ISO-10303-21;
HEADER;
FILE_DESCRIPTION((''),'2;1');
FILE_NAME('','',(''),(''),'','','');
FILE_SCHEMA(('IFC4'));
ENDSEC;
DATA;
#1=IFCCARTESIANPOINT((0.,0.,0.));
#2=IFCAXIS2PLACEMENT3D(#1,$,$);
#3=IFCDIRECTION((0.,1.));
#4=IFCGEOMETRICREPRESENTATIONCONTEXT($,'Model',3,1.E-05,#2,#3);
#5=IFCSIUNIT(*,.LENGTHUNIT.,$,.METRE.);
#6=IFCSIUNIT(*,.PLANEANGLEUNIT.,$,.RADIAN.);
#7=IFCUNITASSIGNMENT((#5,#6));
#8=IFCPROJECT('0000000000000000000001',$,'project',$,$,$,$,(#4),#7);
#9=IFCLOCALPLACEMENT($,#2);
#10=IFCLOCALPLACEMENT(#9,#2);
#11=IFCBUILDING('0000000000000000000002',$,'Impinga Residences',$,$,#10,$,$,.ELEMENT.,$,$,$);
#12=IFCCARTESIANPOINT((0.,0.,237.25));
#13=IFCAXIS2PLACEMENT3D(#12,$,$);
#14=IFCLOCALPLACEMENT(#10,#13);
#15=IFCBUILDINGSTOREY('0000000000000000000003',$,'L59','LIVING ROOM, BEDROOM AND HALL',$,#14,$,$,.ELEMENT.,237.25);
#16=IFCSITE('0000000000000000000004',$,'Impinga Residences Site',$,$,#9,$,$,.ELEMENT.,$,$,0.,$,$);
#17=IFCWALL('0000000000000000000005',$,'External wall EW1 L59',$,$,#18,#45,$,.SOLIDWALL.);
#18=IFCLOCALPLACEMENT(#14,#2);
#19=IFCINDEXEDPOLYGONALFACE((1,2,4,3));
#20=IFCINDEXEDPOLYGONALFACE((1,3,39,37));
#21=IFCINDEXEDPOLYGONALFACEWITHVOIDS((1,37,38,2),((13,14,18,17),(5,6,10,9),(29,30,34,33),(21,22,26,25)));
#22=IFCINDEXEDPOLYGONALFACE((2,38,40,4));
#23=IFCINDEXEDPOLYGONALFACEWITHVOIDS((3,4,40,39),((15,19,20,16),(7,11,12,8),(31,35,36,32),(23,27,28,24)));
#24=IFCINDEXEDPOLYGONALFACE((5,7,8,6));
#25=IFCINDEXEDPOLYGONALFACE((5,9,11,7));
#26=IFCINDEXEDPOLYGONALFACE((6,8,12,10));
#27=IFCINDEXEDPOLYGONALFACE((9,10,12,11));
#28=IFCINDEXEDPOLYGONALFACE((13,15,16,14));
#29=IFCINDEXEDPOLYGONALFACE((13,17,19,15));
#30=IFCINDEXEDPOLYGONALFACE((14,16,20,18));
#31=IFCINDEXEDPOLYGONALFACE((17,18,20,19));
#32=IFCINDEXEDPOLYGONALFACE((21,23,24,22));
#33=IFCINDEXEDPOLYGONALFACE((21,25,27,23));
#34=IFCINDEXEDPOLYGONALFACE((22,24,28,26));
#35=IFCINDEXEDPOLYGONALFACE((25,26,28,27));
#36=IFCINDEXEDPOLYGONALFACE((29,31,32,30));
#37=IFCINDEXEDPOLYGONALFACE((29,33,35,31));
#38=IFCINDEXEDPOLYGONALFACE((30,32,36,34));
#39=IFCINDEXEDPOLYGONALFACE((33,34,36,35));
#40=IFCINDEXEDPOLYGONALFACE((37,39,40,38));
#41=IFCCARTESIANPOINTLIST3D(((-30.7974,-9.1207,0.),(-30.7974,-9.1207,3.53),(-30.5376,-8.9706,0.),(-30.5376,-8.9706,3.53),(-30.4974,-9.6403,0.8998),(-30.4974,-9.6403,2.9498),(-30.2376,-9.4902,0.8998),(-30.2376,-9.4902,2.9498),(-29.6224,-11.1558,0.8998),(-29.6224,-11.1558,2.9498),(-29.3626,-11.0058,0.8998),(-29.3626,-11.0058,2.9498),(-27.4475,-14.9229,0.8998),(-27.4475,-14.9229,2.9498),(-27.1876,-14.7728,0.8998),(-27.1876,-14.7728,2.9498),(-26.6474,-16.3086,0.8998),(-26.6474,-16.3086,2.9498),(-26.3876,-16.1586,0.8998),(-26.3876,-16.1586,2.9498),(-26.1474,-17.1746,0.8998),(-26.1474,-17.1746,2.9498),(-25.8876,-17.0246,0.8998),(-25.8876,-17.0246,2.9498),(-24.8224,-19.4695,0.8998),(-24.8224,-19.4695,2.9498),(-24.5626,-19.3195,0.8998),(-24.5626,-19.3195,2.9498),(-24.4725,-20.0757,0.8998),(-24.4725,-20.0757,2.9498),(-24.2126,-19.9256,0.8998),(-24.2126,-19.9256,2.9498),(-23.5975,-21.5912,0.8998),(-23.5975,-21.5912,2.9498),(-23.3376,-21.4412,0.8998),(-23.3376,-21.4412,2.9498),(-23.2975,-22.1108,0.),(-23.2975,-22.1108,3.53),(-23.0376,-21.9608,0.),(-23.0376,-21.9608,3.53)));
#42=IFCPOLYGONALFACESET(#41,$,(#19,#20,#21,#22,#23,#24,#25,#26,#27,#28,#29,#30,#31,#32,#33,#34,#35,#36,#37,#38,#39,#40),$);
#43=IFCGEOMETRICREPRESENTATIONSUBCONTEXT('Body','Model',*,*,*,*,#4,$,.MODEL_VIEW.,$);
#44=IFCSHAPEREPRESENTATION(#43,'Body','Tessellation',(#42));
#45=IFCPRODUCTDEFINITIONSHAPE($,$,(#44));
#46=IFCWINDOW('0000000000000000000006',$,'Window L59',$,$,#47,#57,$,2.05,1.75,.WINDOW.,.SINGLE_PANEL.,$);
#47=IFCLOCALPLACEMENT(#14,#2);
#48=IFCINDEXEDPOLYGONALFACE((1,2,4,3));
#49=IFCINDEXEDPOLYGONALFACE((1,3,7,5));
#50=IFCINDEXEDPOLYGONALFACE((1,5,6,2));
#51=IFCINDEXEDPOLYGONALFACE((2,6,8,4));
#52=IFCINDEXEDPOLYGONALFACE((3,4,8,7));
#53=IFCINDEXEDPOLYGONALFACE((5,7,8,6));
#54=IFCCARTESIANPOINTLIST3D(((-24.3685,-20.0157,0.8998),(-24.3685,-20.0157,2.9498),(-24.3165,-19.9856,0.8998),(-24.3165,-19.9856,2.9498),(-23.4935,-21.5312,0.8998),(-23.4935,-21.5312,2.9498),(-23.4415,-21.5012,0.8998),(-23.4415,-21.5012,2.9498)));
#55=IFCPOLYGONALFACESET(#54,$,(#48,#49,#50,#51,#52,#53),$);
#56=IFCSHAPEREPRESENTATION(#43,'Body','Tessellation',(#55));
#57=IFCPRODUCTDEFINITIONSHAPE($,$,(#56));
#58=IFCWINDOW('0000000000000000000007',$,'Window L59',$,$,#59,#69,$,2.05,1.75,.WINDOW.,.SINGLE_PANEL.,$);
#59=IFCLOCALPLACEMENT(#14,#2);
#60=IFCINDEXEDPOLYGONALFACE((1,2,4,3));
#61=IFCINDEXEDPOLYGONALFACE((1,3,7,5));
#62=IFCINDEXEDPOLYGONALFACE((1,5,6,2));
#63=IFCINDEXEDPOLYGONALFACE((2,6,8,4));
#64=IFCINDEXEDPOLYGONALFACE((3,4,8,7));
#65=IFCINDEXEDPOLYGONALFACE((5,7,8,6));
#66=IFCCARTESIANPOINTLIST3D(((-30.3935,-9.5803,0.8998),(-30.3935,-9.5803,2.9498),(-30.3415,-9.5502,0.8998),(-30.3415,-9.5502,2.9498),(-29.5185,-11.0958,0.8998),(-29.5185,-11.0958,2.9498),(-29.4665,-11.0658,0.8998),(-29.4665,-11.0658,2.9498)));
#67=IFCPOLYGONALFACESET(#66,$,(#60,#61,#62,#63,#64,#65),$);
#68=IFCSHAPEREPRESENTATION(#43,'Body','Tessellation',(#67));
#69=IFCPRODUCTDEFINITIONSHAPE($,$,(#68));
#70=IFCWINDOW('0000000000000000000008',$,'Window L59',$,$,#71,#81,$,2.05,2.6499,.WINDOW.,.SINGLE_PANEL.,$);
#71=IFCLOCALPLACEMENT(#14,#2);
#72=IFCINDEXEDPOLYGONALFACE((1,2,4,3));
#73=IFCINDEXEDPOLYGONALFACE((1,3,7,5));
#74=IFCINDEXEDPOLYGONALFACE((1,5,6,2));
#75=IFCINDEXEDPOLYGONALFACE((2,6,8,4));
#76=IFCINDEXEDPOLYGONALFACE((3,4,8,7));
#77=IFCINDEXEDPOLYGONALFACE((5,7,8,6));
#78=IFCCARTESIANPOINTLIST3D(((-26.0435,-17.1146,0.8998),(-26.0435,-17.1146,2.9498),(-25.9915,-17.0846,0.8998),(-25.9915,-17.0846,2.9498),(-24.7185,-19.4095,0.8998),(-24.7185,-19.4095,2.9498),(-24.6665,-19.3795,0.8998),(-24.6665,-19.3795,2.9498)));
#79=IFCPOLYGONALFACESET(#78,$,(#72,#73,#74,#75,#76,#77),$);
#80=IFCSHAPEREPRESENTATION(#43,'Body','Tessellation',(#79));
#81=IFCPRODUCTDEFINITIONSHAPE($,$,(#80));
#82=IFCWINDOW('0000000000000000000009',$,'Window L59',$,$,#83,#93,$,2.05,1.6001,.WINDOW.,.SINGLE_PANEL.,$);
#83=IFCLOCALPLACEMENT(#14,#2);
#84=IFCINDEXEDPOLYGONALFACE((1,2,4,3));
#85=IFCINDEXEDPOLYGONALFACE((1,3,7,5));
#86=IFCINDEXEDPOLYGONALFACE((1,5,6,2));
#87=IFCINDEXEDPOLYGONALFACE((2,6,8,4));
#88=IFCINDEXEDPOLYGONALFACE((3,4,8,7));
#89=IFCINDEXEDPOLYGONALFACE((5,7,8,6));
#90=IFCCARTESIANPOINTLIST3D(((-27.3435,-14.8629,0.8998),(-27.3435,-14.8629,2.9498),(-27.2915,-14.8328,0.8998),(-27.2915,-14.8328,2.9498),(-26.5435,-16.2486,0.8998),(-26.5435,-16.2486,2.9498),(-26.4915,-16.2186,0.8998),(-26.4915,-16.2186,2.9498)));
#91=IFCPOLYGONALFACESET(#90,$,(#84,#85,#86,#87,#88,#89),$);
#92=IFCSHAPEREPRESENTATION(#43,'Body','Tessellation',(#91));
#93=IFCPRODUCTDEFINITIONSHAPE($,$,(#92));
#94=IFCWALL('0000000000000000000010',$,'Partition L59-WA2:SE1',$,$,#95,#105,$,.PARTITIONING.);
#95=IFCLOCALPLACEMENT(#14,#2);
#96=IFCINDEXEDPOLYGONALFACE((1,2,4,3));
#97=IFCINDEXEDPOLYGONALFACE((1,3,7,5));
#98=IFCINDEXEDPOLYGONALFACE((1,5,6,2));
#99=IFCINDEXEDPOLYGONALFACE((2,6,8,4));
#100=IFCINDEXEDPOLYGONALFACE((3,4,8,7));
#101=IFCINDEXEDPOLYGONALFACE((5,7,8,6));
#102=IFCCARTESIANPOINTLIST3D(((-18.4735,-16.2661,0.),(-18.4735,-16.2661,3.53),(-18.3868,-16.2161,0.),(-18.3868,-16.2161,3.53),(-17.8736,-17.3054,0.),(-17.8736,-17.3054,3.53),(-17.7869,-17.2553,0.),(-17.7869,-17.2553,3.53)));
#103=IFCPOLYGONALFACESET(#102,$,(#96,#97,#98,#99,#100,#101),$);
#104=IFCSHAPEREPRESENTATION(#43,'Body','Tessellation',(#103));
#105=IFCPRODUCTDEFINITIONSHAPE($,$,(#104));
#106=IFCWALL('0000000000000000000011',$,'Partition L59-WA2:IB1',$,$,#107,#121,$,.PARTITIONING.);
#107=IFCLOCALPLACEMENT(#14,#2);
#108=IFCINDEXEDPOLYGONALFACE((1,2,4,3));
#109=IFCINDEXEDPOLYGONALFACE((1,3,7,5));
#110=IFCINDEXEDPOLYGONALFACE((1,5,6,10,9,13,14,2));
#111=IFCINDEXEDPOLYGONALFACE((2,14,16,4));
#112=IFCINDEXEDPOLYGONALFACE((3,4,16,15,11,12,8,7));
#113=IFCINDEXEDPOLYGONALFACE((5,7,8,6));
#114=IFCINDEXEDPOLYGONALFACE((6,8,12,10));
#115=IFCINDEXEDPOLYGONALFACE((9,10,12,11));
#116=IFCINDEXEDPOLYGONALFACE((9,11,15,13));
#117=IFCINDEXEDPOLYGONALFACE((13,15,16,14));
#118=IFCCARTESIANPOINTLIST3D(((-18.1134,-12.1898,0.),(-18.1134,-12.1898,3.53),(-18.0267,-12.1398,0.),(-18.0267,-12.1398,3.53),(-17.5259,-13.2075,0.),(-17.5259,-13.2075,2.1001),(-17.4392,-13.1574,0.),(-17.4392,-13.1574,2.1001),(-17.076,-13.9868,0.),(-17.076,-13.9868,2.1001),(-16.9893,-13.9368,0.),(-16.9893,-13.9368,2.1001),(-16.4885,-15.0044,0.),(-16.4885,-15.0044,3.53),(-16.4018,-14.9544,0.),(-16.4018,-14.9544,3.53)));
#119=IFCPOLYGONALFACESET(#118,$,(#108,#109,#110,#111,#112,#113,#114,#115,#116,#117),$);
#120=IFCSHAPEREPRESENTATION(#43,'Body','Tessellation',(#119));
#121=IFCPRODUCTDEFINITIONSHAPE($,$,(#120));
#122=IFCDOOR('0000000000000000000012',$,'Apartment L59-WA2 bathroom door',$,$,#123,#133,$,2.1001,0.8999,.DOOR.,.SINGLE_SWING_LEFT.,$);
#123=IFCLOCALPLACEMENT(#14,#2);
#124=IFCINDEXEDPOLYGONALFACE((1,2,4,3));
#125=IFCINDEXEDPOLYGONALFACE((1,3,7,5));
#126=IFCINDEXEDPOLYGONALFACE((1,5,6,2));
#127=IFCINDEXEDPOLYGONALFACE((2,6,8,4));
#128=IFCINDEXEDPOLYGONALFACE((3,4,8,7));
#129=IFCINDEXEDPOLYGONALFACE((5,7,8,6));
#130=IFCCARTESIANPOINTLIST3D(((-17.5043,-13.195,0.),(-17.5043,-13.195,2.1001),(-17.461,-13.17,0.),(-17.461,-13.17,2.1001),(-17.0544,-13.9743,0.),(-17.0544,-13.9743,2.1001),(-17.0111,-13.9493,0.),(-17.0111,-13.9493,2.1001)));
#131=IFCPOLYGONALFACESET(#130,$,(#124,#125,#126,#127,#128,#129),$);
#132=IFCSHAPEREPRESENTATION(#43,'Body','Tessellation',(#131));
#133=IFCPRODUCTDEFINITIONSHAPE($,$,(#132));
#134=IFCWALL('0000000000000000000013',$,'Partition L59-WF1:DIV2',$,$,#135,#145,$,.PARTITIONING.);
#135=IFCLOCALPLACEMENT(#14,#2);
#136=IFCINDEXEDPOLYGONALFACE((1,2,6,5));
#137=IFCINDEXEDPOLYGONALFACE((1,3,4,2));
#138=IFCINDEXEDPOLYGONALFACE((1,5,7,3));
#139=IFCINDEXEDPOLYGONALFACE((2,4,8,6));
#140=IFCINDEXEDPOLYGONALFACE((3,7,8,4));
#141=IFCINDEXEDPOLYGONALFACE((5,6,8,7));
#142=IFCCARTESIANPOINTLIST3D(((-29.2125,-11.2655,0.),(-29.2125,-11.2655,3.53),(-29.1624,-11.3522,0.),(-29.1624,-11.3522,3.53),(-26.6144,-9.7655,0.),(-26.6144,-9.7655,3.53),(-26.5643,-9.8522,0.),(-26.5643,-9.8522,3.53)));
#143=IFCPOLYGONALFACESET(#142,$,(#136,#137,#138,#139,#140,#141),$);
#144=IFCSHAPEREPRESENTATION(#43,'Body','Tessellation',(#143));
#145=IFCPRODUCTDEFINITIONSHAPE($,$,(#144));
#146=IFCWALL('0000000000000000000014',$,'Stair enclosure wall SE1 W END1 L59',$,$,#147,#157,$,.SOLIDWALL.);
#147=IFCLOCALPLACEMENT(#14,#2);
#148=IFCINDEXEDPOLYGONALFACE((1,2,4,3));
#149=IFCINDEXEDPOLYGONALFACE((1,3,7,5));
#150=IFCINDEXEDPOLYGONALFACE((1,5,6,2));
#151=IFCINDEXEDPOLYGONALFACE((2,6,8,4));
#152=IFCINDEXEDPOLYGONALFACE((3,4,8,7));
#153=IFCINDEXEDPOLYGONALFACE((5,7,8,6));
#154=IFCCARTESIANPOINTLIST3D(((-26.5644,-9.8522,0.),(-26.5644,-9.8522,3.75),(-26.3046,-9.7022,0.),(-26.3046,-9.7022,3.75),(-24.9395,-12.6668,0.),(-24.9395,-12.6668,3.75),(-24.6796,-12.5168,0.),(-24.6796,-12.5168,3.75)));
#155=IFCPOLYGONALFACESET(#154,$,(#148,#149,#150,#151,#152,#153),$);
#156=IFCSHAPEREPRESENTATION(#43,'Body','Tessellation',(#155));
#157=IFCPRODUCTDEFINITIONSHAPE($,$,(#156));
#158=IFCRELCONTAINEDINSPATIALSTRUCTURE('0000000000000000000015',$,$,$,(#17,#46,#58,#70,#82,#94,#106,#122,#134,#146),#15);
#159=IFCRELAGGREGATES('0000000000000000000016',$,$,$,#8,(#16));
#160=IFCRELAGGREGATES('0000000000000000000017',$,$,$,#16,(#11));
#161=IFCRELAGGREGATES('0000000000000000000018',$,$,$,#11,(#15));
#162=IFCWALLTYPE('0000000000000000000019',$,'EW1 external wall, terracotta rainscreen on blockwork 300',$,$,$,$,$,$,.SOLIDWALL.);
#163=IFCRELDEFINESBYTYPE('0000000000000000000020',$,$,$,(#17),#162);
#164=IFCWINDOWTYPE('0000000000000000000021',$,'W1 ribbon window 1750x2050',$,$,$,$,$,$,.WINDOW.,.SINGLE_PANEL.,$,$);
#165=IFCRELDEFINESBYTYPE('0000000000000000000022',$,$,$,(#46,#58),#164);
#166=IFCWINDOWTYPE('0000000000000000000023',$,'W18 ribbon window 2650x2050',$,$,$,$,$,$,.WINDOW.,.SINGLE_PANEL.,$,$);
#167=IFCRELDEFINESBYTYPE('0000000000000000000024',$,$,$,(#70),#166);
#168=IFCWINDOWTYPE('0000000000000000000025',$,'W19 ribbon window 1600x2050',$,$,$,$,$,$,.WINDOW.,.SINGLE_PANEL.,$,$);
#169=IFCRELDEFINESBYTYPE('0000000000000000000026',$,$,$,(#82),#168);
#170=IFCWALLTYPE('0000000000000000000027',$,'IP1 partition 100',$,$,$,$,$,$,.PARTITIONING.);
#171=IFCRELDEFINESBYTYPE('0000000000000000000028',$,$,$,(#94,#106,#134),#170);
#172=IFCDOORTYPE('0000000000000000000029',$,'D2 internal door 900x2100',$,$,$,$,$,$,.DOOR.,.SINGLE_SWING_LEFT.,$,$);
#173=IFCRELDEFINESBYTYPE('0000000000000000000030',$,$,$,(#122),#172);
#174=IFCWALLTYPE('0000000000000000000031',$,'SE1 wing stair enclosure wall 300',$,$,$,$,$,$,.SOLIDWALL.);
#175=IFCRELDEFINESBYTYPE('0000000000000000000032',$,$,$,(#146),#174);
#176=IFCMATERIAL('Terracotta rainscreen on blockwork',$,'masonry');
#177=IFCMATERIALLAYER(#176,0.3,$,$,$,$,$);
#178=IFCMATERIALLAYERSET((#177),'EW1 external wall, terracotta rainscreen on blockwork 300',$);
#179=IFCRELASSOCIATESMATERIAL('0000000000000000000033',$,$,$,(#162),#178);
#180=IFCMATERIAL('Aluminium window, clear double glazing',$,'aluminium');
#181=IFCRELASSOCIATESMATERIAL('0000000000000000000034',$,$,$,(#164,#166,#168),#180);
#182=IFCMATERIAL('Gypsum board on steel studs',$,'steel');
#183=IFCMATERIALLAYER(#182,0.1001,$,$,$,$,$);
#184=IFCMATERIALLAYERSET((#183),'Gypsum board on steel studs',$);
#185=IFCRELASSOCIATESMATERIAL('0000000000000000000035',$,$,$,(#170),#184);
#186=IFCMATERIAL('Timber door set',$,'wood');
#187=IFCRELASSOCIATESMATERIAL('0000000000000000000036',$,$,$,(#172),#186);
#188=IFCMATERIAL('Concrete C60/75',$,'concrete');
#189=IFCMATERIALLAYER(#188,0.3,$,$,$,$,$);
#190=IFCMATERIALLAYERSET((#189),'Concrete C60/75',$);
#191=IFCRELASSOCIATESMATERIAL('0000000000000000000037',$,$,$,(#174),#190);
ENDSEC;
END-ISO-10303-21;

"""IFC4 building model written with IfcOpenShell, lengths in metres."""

from ifc_helpers import new_model, si_unit, direction, frame, frame_2d, origin, place, context, subcontext, project, spatial, rectangle, extrude, material, layer, layer_set, type_object, element, fill, save


model = new_model("IFC4")

# Units and contexts
model_context = context("Model", 3, precision=1e-05, world=origin(), true_north=direction((0.0, 1.0)))
body_context = subcontext(model_context, "Body", "Model", "MODEL_VIEW")
ifc_project = project(units=[si_unit("LENGTHUNIT", "METRE"), si_unit("PLANEANGLEUNIT", "RADIAN")], contexts=[model_context])

# Site, building, storey
site_placement = place(None, origin())
site = spatial("IfcSite", under=ifc_project, at=site_placement, Name="Impinga Residences Site", CompositionType="ELEMENT", RefElevation=0.0)
building_placement = place(site_placement, origin())
building = spatial("IfcBuilding", under=site, at=building_placement, Name="Impinga Residences", CompositionType="ELEMENT")
storey_placement = place(building_placement, frame((0.0, 0.0, 237.25)))
storey = spatial("IfcBuildingStorey", under=building, at=storey_placement, Name="L59", Description="LIVING ROOM, BEDROOM AND HALL", CompositionType="ELEMENT", Elevation=237.25)

# Shared definitions
ifc_material_1 = material(Name="Concrete C60/75", Category="concrete")

# Shared definitions
ifc_material_2 = material(Name="Timber door set", Category="wood")

# Shared definitions
ifc_material_3 = material(Name="Terracotta rainscreen on blockwork", Category="masonry")
ifc_layer_1 = layer(ifc_material_3, 0.3)
ifc_layer_set_1 = layer_set([ifc_layer_1], Name="EW1 external wall, terracotta rainscreen on blockwork 300")
wall_type_1 = type_object("IfcWallType", Name="EW1 external wall, terracotta rainscreen on blockwork 300", PredefinedType="SOLIDWALL", material=ifc_layer_set_1)

# Wall, openings, windows
wall_1_placement = place(storey_placement, frame((-23.1675, -22.0359, 0.0), z_axis=(0.0, 0.0, 1.0), x_axis=(-0.500004, 0.866023, 0.0)))
wall_1 = element("IfcWall", 1, at=wall_1_placement, inside=storey, type_object=wall_type_1, Name="External wall EW1 L59", PredefinedType="SOLIDWALL", context=body_context, shape_type="SweptSolid", body=[
    extrude(rectangle(XDim=14.9998, YDim=0.3, at=frame_2d((7.5, 0.0))), origin(), (0.0, 0.0, 1.0), 3.53),
])
opening_1_placement = place(wall_1_placement, frame((0.6001, 0.0, 0.8999)))
opening_1 = element("IfcOpeningElement", 2, at=opening_1_placement, cuts=wall_1, PredefinedType="OPENING", context=body_context, shape_type="SweptSolid", body=[
    extrude(rectangle(XDim=1.75, YDim=2.05, at=frame_2d((0.875, 1.0249))), frame((0.0, 0.1599, 0.0), z_axis=(0.0, -1.0, 0.0), x_axis=(1.0, 0.0, 0.0)), (0.0, 0.0, 1.0), 0.3201),
])
opening_2_placement = place(wall_1_placement, frame((3.05, 0.0, 0.8999)))
opening_2 = element("IfcOpeningElement", 3, at=opening_2_placement, cuts=wall_1, PredefinedType="OPENING", context=body_context, shape_type="SweptSolid", body=[
    extrude(rectangle(XDim=2.6499, YDim=2.05, at=frame_2d((1.325, 1.0249))), frame((0.0, 0.1599, 0.0), z_axis=(0.0, -1.0, 0.0), x_axis=(1.0, 0.0, 0.0)), (0.0, 0.0, 1.0), 0.3201),
])
opening_3_placement = place(wall_1_placement, frame((6.7, 0.0, 0.8999)))
opening_3 = element("IfcOpeningElement", 4, at=opening_3_placement, cuts=wall_1, PredefinedType="OPENING", context=body_context, shape_type="SweptSolid", body=[
    extrude(rectangle(XDim=1.6001, YDim=2.05, at=frame_2d((0.8, 1.0249))), frame((0.0, 0.1599, 0.0), z_axis=(0.0, -1.0, 0.0), x_axis=(1.0, 0.0, 0.0)), (0.0, 0.0, 1.0), 0.3201),
])
opening_4_placement = place(wall_1_placement, frame((12.6499, 0.0, 0.8999)))
opening_4 = element("IfcOpeningElement", 5, at=opening_4_placement, cuts=wall_1, PredefinedType="OPENING", context=body_context, shape_type="SweptSolid", body=[
    extrude(rectangle(XDim=1.75, YDim=2.05, at=frame_2d((0.875, 1.0249))), frame((0.0, 0.1599, 0.0), z_axis=(0.0, -1.0, 0.0), x_axis=(1.0, 0.0, 0.0)), (0.0, 0.0, 1.0), 0.3201),
])
ifc_material_4 = material(Name="Aluminium window, clear double glazing", Category="aluminium")
window_type_1 = type_object("IfcWindowType", Name="W1 ribbon window 1750x2050", PartitioningType="SINGLE_PANEL", PredefinedType="WINDOW", material=ifc_material_4)
window_1_placement = place(opening_1_placement, origin())
window_1 = element("IfcWindow", 6, at=window_1_placement, inside=storey, type_object=window_type_1, Name="Window L59", OverallHeight=2.05, OverallWidth=1.75, PartitioningType="SINGLE_PANEL", PredefinedType="WINDOW", context=body_context, shape_type="SweptSolid", body=[
    extrude(rectangle(XDim=1.75, YDim=2.05, at=frame_2d((0.875, 1.0249))), frame((0.0, 0.03, 0.0), z_axis=(0.0, -1.0, 0.0), x_axis=(1.0, 0.0, 0.0)), (0.0, 0.0, 1.0), 0.0601),
])
fill(opening_1, window_1)
window_2_placement = place(opening_4_placement, origin())
window_2 = element("IfcWindow", 7, at=window_2_placement, inside=storey, type_object=window_type_1, Name="Window L59", OverallHeight=2.05, OverallWidth=1.75, PartitioningType="SINGLE_PANEL", PredefinedType="WINDOW", context=body_context, shape_type="SweptSolid", body=[
    extrude(rectangle(XDim=1.75, YDim=2.05, at=frame_2d((0.875, 1.0249))), frame((0.0, 0.03, 0.0), z_axis=(0.0, -1.0, 0.0), x_axis=(1.0, 0.0, 0.0)), (0.0, 0.0, 1.0), 0.0601),
])
fill(opening_4, window_2)
window_type_2 = type_object("IfcWindowType", Name="W18 ribbon window 2650x2050", PartitioningType="SINGLE_PANEL", PredefinedType="WINDOW", material=ifc_material_4)
window_3_placement = place(opening_2_placement, origin())
window_3 = element("IfcWindow", 8, at=window_3_placement, inside=storey, type_object=window_type_2, Name="Window L59", OverallHeight=2.05, OverallWidth=2.6499, PartitioningType="SINGLE_PANEL", PredefinedType="WINDOW", context=body_context, shape_type="SweptSolid", body=[
    extrude(rectangle(XDim=2.6499, YDim=2.05, at=frame_2d((1.325, 1.0249))), frame((0.0, 0.03, 0.0), z_axis=(0.0, -1.0, 0.0), x_axis=(1.0, 0.0, 0.0)), (0.0, 0.0, 1.0), 0.0601),
])
fill(opening_2, window_3)
window_type_3 = type_object("IfcWindowType", Name="W19 ribbon window 1600x2050", PartitioningType="SINGLE_PANEL", PredefinedType="WINDOW", material=ifc_material_4)
window_4_placement = place(opening_3_placement, origin())
window_4 = element("IfcWindow", 9, at=window_4_placement, inside=storey, type_object=window_type_3, Name="Window L59", OverallHeight=2.05, OverallWidth=1.6001, PartitioningType="SINGLE_PANEL", PredefinedType="WINDOW", context=body_context, shape_type="SweptSolid", body=[
    extrude(rectangle(XDim=1.6001, YDim=2.05, at=frame_2d((0.8, 1.0249))), frame((0.0, 0.03, 0.0), z_axis=(0.0, -1.0, 0.0), x_axis=(1.0, 0.0, 0.0)), (0.0, 0.0, 1.0), 0.0601),
])
fill(opening_3, window_4)

# Wall
ifc_material_5 = material(Name="Gypsum board on steel studs", Category="steel")
ifc_layer_2 = layer(ifc_material_5, 0.1001)
ifc_layer_set_2 = layer_set([ifc_layer_2], Name="Gypsum board on steel studs")
wall_type_2 = type_object("IfcWallType", Name="IP1 partition 100", PredefinedType="PARTITIONING", material=ifc_layer_set_2)
wall_2_placement = place(storey_placement, frame((-18.4302, -16.241, 0.0), z_axis=(0.0, 0.0, 1.0), x_axis=(0.499881, -0.866094, 0.0)))
element("IfcWall", 10, at=wall_2_placement, inside=storey, type_object=wall_type_2, Name="Partition L59-WA2:SE1", PredefinedType="PARTITIONING", context=body_context, shape_type="SweptSolid", body=[
    extrude(rectangle(XDim=1.2, YDim=0.1001, at=frame_2d((0.6001, 0.0))), origin(), (0.0, 0.0, 1.0), 3.53),
])

# Wall, opening, door
wall_3_placement = place(storey_placement, frame((-18.0701, -12.1648, 0.0), z_axis=(0.0, 0.0, 1.0), x_axis=(0.499985, -0.866034, 0.0)))
wall_3 = element("IfcWall", 11, at=wall_3_placement, inside=storey, type_object=wall_type_2, Name="Partition L59-WA2:IB1", PredefinedType="PARTITIONING", context=body_context, shape_type="SweptSolid", body=[
    extrude(rectangle(XDim=3.25, YDim=0.1001, at=frame_2d((1.625, 0.0))), origin(), (0.0, 0.0, 1.0), 3.53),
])
opening_5_placement = place(wall_3_placement, frame((1.175, 0.0, 0.0)))
opening_5 = element("IfcOpeningElement", 12, at=opening_5_placement, cuts=wall_3, PredefinedType="OPENING", context=body_context, shape_type="SweptSolid", body=[
    extrude(rectangle(XDim=0.8999, YDim=2.1001, at=frame_2d((0.45, 1.05))), frame((0.0, 0.0601, 0.0), z_axis=(0.0, -1.0, 0.0), x_axis=(1.0, 0.0, 0.0)), (0.0, 0.0, 1.0), 0.1201),
])
door_type_1 = type_object("IfcDoorType", Name="D2 internal door 900x2100", OperationType="SINGLE_SWING_LEFT", PredefinedType="DOOR", material=ifc_material_2)
door_1_placement = place(opening_5_placement, origin())
door_1 = element("IfcDoor", 13, at=door_1_placement, inside=storey, type_object=door_type_1, Name="Apartment L59-WA2 bathroom door", OperationType="SINGLE_SWING_LEFT", OverallHeight=2.1001, OverallWidth=0.8999, PredefinedType="DOOR", context=body_context, shape_type="SweptSolid", body=[
    extrude(rectangle(XDim=0.8999, YDim=2.1001, at=frame_2d((0.45, 1.05))), frame((0.0, 0.0249, 0.0), z_axis=(0.0, -1.0, 0.0), x_axis=(1.0, 0.0, 0.0)), (0.0, 0.0, 1.0), 0.05),
])
fill(opening_5, door_1)

# Walls
wall_4_placement = place(storey_placement, frame((-26.5894, -9.8088, 0.0), z_axis=(0.0, 0.0, 1.0), x_axis=(-0.866031, -0.49999, 0.0)))
element("IfcWall", 14, at=wall_4_placement, inside=storey, type_object=wall_type_2, Name="Partition L59-WF1:DIV2", PredefinedType="PARTITIONING", context=body_context, shape_type="SweptSolid", body=[
    extrude(rectangle(XDim=3.0, YDim=0.1001, at=frame_2d((1.5, 0.0))), origin(), (0.0, 0.0, 1.0), 3.53),
])
ifc_layer_3 = layer(ifc_material_1, 0.3)
ifc_layer_set_3 = layer_set([ifc_layer_3], Name="Concrete C60/75")
wall_type_3 = type_object("IfcWallType", Name="SE1 wing stair enclosure wall 300", PredefinedType="SOLIDWALL", material=ifc_layer_set_3)
wall_5_placement = place(storey_placement, frame((-24.8096, -12.5918, 0.0), z_axis=(0.0, 0.0, 1.0), x_axis=(-0.499985, 0.866034, 0.0)))
element("IfcWall", 15, at=wall_5_placement, inside=storey, type_object=wall_type_3, Name="Stair enclosure wall SE1 W END1 L59", PredefinedType="SOLIDWALL", context=body_context, shape_type="SweptSolid", body=[
    extrude(rectangle(XDim=3.25, YDim=0.3, at=frame_2d((1.625, 0.0))), origin(), (0.0, 0.0, 1.0), 3.75),
])

save(model, "model.ifc")
